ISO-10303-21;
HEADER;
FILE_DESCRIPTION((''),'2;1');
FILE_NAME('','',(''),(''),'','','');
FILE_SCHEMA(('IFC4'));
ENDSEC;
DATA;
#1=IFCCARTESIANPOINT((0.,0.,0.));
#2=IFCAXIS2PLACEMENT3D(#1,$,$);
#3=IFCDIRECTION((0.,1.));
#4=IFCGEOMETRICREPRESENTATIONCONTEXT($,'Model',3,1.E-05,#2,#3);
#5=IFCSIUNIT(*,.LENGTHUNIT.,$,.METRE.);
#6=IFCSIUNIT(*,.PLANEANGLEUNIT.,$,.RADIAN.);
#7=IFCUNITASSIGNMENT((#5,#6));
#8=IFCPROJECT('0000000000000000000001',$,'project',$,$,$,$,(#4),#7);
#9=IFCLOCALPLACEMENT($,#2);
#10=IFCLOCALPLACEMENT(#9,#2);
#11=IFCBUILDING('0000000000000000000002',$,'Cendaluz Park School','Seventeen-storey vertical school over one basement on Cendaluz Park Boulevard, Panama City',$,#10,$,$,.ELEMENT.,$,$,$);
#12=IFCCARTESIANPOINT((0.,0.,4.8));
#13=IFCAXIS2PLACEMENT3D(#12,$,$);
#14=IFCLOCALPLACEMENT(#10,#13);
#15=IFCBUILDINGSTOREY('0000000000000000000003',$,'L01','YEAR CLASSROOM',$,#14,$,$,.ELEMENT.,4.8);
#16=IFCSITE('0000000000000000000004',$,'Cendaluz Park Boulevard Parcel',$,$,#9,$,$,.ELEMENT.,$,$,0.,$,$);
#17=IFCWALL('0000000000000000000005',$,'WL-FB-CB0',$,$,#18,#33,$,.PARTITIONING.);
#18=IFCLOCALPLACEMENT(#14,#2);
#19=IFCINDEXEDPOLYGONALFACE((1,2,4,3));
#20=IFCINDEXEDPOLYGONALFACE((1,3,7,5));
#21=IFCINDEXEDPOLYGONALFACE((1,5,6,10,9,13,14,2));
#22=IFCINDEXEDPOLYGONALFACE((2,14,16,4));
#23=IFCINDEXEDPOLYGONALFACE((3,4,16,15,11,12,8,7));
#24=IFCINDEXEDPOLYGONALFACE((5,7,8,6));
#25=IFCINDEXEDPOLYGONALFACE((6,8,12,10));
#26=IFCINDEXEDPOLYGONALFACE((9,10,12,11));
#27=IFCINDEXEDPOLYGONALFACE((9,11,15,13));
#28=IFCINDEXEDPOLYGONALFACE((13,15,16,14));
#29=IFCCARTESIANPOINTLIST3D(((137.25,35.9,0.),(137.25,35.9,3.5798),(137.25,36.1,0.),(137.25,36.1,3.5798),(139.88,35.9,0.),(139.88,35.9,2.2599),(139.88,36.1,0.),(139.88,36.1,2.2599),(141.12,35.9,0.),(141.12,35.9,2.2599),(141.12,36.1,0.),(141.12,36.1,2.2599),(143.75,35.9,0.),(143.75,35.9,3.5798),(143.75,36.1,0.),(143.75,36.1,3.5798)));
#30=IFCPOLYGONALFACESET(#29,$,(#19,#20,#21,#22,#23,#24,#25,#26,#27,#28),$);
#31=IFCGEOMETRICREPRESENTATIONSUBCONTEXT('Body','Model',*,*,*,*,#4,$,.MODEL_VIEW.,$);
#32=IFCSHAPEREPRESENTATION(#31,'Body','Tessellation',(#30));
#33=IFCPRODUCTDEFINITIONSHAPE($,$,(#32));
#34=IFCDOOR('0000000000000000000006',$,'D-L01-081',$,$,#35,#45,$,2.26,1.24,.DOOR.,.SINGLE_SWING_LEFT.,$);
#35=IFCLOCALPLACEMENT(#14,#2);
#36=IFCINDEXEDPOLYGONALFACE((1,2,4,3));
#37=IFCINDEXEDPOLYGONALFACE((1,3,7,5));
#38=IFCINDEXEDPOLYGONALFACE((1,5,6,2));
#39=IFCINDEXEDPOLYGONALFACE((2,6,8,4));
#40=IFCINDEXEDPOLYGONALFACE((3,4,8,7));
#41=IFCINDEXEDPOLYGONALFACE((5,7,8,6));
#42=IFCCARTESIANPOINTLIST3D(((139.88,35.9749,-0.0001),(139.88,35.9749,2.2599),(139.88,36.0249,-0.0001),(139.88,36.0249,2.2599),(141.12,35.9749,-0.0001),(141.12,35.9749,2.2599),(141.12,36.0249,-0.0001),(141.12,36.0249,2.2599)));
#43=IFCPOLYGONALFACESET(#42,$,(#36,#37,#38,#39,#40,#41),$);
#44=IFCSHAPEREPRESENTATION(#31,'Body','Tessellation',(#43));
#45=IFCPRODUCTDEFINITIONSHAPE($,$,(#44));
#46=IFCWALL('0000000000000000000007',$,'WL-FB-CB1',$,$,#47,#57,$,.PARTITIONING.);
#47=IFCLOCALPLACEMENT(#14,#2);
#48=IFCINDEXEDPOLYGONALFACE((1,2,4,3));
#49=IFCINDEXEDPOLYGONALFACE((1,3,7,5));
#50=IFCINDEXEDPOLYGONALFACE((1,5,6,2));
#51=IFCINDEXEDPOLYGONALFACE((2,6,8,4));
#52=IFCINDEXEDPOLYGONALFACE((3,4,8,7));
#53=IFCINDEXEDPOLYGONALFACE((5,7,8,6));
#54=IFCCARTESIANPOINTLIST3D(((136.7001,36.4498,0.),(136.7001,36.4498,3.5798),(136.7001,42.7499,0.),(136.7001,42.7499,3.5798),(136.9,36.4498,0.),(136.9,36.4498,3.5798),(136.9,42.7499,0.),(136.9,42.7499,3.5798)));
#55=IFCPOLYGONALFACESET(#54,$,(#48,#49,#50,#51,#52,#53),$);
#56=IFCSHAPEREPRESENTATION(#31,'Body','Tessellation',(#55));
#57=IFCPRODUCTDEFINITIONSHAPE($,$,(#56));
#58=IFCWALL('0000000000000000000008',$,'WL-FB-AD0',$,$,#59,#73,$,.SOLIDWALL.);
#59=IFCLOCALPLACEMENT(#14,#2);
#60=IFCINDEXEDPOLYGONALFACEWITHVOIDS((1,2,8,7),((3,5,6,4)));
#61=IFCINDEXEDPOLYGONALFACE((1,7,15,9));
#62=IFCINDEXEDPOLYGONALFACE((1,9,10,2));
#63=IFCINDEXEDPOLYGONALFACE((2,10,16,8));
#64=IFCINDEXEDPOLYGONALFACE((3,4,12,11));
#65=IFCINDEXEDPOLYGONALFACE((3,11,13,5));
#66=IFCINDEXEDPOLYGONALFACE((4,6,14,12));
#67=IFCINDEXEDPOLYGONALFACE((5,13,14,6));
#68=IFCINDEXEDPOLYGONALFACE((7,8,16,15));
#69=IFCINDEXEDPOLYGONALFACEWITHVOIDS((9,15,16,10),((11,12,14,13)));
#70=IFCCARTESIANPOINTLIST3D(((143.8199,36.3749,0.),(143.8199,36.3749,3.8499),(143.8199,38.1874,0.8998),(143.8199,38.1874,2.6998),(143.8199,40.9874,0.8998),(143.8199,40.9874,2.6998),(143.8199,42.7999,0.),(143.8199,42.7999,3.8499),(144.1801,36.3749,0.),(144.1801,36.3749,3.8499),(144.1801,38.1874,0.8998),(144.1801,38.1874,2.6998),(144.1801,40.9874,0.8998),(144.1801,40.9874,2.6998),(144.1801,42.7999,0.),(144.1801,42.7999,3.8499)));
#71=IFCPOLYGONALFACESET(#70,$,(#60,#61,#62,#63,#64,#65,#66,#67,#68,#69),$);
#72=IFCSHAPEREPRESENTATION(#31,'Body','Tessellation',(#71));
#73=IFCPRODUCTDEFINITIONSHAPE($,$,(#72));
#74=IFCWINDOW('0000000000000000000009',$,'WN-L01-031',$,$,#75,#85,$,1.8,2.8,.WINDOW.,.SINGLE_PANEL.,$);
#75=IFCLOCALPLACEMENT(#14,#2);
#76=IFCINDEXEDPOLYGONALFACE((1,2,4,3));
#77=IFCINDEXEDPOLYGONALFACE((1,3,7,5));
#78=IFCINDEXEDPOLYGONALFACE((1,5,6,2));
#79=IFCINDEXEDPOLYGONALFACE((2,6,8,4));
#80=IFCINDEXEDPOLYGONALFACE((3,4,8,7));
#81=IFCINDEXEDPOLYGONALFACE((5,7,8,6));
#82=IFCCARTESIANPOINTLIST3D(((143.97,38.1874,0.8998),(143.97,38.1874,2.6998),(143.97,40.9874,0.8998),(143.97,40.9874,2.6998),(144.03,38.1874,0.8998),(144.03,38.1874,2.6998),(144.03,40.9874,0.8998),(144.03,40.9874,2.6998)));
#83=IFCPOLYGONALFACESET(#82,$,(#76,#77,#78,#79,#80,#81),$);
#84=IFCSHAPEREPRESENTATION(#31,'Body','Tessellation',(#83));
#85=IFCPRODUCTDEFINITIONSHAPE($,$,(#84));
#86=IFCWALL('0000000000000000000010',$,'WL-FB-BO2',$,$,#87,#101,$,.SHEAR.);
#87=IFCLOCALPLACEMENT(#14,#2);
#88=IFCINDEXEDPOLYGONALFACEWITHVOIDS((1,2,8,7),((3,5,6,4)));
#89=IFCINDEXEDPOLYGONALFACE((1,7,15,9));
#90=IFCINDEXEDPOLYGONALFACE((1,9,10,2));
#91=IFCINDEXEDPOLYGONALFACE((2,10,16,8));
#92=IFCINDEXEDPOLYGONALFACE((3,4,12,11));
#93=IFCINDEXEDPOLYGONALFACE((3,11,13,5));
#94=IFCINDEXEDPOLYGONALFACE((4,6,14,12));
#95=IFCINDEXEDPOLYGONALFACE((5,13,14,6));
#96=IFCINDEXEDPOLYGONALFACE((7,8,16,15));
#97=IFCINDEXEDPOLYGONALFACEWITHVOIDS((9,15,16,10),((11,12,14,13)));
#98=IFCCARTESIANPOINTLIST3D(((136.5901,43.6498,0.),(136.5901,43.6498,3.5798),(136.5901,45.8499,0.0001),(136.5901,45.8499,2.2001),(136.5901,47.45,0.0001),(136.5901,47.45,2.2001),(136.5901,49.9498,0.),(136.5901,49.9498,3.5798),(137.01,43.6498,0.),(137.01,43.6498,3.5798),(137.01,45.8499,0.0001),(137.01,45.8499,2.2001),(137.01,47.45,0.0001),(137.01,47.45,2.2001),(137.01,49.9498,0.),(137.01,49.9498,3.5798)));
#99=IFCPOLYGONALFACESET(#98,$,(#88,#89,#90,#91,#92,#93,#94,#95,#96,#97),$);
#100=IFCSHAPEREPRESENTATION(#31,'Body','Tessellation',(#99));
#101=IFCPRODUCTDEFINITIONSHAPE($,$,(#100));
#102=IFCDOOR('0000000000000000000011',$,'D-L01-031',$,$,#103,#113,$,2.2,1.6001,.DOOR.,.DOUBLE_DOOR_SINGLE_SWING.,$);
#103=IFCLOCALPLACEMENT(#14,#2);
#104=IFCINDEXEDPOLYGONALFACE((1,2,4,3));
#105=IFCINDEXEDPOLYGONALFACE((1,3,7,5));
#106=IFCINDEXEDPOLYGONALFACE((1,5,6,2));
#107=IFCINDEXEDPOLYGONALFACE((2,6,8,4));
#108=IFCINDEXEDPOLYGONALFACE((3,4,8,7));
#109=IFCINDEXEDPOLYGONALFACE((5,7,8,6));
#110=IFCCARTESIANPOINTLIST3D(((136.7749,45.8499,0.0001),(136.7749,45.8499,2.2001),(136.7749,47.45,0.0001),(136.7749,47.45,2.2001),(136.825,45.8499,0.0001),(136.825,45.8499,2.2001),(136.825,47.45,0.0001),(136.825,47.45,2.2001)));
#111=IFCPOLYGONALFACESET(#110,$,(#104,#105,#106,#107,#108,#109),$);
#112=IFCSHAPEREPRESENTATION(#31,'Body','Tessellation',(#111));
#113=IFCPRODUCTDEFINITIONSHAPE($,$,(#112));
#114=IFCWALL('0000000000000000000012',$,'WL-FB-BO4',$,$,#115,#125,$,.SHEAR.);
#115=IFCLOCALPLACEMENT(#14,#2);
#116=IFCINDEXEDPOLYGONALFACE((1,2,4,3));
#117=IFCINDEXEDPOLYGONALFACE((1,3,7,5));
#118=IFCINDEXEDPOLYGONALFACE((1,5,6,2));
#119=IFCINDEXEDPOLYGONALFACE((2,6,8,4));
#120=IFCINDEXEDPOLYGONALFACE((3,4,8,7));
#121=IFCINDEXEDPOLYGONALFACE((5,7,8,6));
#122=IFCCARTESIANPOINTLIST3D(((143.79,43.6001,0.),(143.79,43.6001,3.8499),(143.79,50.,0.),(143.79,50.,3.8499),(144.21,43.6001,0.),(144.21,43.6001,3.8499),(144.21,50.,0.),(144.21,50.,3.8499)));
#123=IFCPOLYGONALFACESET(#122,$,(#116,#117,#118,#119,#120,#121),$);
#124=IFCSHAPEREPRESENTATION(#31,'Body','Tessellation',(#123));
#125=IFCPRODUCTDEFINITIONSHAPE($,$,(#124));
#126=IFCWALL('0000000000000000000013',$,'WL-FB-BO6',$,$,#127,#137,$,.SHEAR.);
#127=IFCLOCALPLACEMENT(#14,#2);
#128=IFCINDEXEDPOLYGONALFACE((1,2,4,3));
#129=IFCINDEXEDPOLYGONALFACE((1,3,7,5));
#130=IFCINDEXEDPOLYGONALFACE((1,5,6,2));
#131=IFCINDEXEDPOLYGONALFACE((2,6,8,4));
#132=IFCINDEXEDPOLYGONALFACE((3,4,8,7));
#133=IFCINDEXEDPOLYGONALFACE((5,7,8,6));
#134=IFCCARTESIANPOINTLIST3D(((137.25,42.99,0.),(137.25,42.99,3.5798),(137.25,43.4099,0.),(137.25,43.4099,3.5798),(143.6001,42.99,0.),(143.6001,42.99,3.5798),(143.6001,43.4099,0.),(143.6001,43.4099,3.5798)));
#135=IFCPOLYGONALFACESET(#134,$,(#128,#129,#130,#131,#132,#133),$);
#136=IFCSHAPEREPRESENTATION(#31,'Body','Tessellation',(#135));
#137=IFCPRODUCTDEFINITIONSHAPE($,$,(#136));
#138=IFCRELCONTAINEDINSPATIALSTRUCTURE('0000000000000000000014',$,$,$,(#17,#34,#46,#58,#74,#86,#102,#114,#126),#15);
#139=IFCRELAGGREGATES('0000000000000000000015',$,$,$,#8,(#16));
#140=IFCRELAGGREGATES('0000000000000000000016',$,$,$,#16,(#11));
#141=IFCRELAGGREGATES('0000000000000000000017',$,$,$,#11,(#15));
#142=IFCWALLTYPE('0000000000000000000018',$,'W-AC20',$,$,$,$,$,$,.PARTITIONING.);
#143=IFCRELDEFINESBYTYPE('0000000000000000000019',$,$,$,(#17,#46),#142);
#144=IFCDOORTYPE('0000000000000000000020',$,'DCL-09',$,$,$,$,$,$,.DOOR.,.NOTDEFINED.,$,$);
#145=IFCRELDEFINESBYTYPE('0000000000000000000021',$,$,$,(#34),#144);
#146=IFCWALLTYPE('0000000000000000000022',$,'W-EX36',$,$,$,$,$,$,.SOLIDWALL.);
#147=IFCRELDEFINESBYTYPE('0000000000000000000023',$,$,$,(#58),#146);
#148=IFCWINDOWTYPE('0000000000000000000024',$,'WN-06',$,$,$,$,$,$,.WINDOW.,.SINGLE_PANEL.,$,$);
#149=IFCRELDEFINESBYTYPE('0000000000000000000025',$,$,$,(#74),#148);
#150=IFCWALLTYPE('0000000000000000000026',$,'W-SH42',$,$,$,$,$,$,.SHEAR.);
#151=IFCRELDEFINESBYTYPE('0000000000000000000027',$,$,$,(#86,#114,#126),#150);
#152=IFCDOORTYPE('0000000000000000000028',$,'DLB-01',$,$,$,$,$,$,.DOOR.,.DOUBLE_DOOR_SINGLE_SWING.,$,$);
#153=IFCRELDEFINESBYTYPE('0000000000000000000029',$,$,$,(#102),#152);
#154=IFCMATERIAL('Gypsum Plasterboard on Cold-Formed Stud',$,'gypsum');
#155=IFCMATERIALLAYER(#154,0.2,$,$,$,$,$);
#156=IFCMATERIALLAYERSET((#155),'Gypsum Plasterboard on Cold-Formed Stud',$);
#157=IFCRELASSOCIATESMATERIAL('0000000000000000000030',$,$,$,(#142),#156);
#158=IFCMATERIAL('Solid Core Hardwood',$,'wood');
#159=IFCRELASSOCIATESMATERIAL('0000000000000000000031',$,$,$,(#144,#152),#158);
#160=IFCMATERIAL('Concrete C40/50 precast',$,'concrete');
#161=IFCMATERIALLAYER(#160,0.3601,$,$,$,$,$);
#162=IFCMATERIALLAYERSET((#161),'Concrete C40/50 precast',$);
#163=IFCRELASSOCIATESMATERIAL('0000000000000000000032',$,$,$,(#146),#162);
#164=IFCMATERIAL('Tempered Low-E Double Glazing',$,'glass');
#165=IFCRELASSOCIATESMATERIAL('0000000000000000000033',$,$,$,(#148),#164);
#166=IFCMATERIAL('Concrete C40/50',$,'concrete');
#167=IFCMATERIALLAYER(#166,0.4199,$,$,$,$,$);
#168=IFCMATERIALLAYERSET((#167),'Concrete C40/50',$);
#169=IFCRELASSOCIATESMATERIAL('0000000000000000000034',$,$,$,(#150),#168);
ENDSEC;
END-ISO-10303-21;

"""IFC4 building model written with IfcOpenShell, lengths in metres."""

from ifc_helpers import new_model, si_unit, direction, frame, frame_2d, origin, place, context, subcontext, project, spatial, rectangle, extrude, material, layer, layer_set, type_object, element, fill, save


model = new_model("IFC4")

# Units and contexts
model_context = context("Model", 3, precision=1e-05, world=origin(), true_north=direction((0.0, 1.0)))
body_context = subcontext(model_context, "Body", "Model", "MODEL_VIEW")
ifc_project = project(units=[si_unit("LENGTHUNIT", "METRE"), si_unit("PLANEANGLEUNIT", "RADIAN")], contexts=[model_context])

# Site, building, storey
site_placement = place(None, origin())
site = spatial("IfcSite", under=ifc_project, at=site_placement, Name="Cendaluz Park Boulevard Parcel", CompositionType="ELEMENT", RefElevation=0.0)
building_placement = place(site_placement, origin())
building = spatial("IfcBuilding", under=site, at=building_placement, Name="Cendaluz Park School", Description="Seventeen-storey vertical school over one basement on Cendaluz Park Boulevard, Panama City", CompositionType="ELEMENT")
storey_placement = place(building_placement, frame((0.0, 0.0, 4.8)))
storey = spatial("IfcBuildingStorey", under=building, at=storey_placement, Name="L01", Description="YEAR CLASSROOM", CompositionType="ELEMENT", Elevation=4.8)

# Shared definitions
ifc_material_1 = material(Name="Concrete C40/50", Category="concrete")

# Wall, opening, door
ifc_material_2 = material(Name="Gypsum Plasterboard on Cold-Formed Stud", Category="gypsum")
ifc_layer_1 = layer(ifc_material_2, 0.2)
ifc_layer_set_1 = layer_set([ifc_layer_1], Name="Gypsum Plasterboard on Cold-Formed Stud")
wall_type_1 = type_object("IfcWallType", Name="W-AC20", PredefinedType="PARTITIONING", material=ifc_layer_set_1)
wall_1_placement = place(storey_placement, frame((137.25, 36.0, 0.0), z_axis=(0.0, 0.0, 1.0), x_axis=(1.0, 0.0, 0.0)))
wall_1 = element("IfcWall", 1, at=wall_1_placement, inside=storey, type_object=wall_type_1, Name="WL-FB-CB0", PredefinedType="PARTITIONING", context=body_context, shape_type="SweptSolid", body=[
    extrude(rectangle(XDim=6.5, YDim=0.2, at=frame_2d((3.25, 0.0))), origin(), (0.0, 0.0, 1.0), 3.5798),
])
opening_1_placement = place(wall_1_placement, frame((2.6299, 0.0, 0.0)))
opening_1 = element("IfcOpeningElement", 2, at=opening_1_placement, cuts=wall_1, PredefinedType="OPENING", context=body_context, shape_type="SweptSolid", body=[
    extrude(rectangle(XDim=1.24, YDim=2.26, at=frame_2d((0.6201, 1.1299))), frame((0.0, 0.1121, 0.0), z_axis=(0.0, -1.0, 0.0), x_axis=(1.0, 0.0, 0.0)), (0.0, 0.0, 1.0), 0.2239),
])
ifc_material_3 = material(Name="Solid Core Hardwood", Category="wood")
door_type_1 = type_object("IfcDoorType", Name="DCL-09", OperationType="NOTDEFINED", PredefinedType="DOOR", material=ifc_material_3)
door_1_placement = place(opening_1_placement, origin())
door_1 = element("IfcDoor", 3, at=door_1_placement, inside=storey, type_object=door_type_1, Name="D-L01-081", OperationType="SINGLE_SWING_LEFT", OverallHeight=2.26, OverallWidth=1.24, PredefinedType="DOOR", context=body_context, shape_type="SweptSolid", body=[
    extrude(rectangle(XDim=1.24, YDim=2.26, at=frame_2d((0.6201, 1.1299))), frame((0.0, 0.0249, 0.0), z_axis=(0.0, -1.0, 0.0), x_axis=(1.0, 0.0, 0.0)), (0.0, 0.0, 1.0), 0.05),
])
fill(opening_1, door_1)

# Wall
wall_2_placement = place(storey_placement, frame((136.8, 36.45, 0.0), z_axis=(0.0, 0.0, 1.0), x_axis=(0.0, 1.0, 0.0)))
element("IfcWall", 4, at=wall_2_placement, inside=storey, type_object=wall_type_1, Name="WL-FB-CB1", PredefinedType="PARTITIONING", context=body_context, shape_type="SweptSolid", body=[
    extrude(rectangle(XDim=6.3, YDim=0.2, at=frame_2d((3.1499, 0.0))), origin(), (0.0, 0.0, 1.0), 3.5798),
])

# Wall, opening, window
ifc_material_4 = material(Name="Concrete C40/50 precast", Category="concrete")
ifc_layer_2 = layer(ifc_material_4, 0.3601)
ifc_layer_set_2 = layer_set([ifc_layer_2], Name="Concrete C40/50 precast")
wall_type_2 = type_object("IfcWallType", Name="W-EX36", PredefinedType="SOLIDWALL", material=ifc_layer_set_2)
wall_3_placement = place(storey_placement, frame((144.0, 36.375, 0.0), z_axis=(0.0, 0.0, 1.0), x_axis=(0.0, 1.0, 0.0)))
wall_3 = element("IfcWall", 5, at=wall_3_placement, inside=storey, type_object=wall_type_2, Name="WL-FB-AD0", PredefinedType="SOLIDWALL", context=body_context, shape_type="SweptSolid", body=[
    extrude(rectangle(XDim=6.425, YDim=0.3601, at=frame_2d((3.2124, 0.0))), origin(), (0.0, 0.0, 1.0), 3.8499),
])
opening_2_placement = place(wall_3_placement, frame((1.8125, 0.0, 0.8999)))
opening_2 = element("IfcOpeningElement", 6, at=opening_2_placement, cuts=wall_3, PredefinedType="OPENING", context=body_context, shape_type="SweptSolid", body=[
    extrude(rectangle(XDim=2.8, YDim=1.8, at=frame_2d((1.3999, 0.8999))), frame((0.0, 0.1921, 0.0), z_axis=(0.0, -1.0, 0.0), x_axis=(1.0, 0.0, 0.0)), (0.0, 0.0, 1.0), 0.384),
])
ifc_material_5 = material(Name="Tempered Low-E Double Glazing", Category="glass")
window_type = type_object("IfcWindowType", Name="WN-06", PartitioningType="SINGLE_PANEL", PredefinedType="WINDOW", material=ifc_material_5)
window_placement = place(opening_2_placement, origin())
window = element("IfcWindow", 7, at=window_placement, inside=storey, type_object=window_type, Name="WN-L01-031", OverallHeight=1.8, OverallWidth=2.8, PartitioningType="SINGLE_PANEL", PredefinedType="WINDOW", context=body_context, shape_type="SweptSolid", body=[
    extrude(rectangle(XDim=2.8, YDim=1.8, at=frame_2d((1.3999, 0.8999))), frame((0.0, 0.03, 0.0), z_axis=(0.0, -1.0, 0.0), x_axis=(1.0, 0.0, 0.0)), (0.0, 0.0, 1.0), 0.0601),
])
fill(opening_2, window)

# Wall, opening, door
ifc_layer_3 = layer(ifc_material_1, 0.4199)
ifc_layer_set_3 = layer_set([ifc_layer_3], Name="Concrete C40/50")
wall_type_3 = type_object("IfcWallType", Name="W-SH42", PredefinedType="SHEAR", material=ifc_layer_set_3)
wall_4_placement = place(storey_placement, frame((136.8, 43.6499, 0.0), z_axis=(0.0, 0.0, 1.0), x_axis=(0.0, 1.0, 0.0)))
wall_4 = element("IfcWall", 8, at=wall_4_placement, inside=storey, type_object=wall_type_3, Name="WL-FB-BO2", PredefinedType="SHEAR", context=body_context, shape_type="SweptSolid", body=[
    extrude(rectangle(XDim=6.3, YDim=0.4199, at=frame_2d((3.1499, 0.0))), origin(), (0.0, 0.0, 1.0), 3.5798),
])
opening_3_placement = place(wall_4_placement, frame((2.2, 0.0, 0.0)))
opening_3 = element("IfcOpeningElement", 9, at=opening_3_placement, cuts=wall_4, PredefinedType="OPENING", context=body_context, shape_type="SweptSolid", body=[
    extrude(rectangle(XDim=1.6001, YDim=2.2, at=frame_2d((0.8, 1.1001))), frame((0.0, 0.2219, 0.0), z_axis=(0.0, -1.0, 0.0), x_axis=(1.0, 0.0, 0.0)), (0.0, 0.0, 1.0), 0.4438),
])
door_type_2 = type_object("IfcDoorType", Name="DLB-01", OperationType="DOUBLE_DOOR_SINGLE_SWING", PredefinedType="DOOR", material=ifc_material_3)
door_2_placement = place(opening_3_placement, frame((1.6001, 0.0, 0.0), z_axis=(0.0, 0.0, 1.0), x_axis=(-1.0, 0.0, 0.0)))
door_2 = element("IfcDoor", 10, at=door_2_placement, inside=storey, type_object=door_type_2, Name="D-L01-031", OperationType="DOUBLE_DOOR_SINGLE_SWING", OverallHeight=2.2, OverallWidth=1.6001, PredefinedType="DOOR", context=body_context, shape_type="SweptSolid", body=[
    extrude(rectangle(XDim=1.6001, YDim=2.2, at=frame_2d((0.8, 1.1001))), frame((0.0, 0.0249, 0.0), z_axis=(0.0, -1.0, 0.0), x_axis=(1.0, 0.0, 0.0)), (0.0, 0.0, 1.0), 0.05),
])
fill(opening_3, door_2)

# Walls
wall_5_placement = place(storey_placement, frame((144.0, 43.6001, 0.0), z_axis=(0.0, 0.0, 1.0), x_axis=(0.0, 1.0, 0.0)))
element("IfcWall", 11, at=wall_5_placement, inside=storey, type_object=wall_type_3, Name="WL-FB-BO4", PredefinedType="SHEAR", context=body_context, shape_type="SweptSolid", body=[
    extrude(rectangle(XDim=6.3999, YDim=0.4199, at=frame_2d((3.2, 0.0))), origin(), (0.0, 0.0, 1.0), 3.8499),
])
wall_6_placement = place(storey_placement, frame((137.25, 43.2, 0.0), z_axis=(0.0, 0.0, 1.0), x_axis=(1.0, 0.0, 0.0)))
element("IfcWall", 12, at=wall_6_placement, inside=storey, type_object=wall_type_3, Name="WL-FB-BO6", PredefinedType="SHEAR", context=body_context, shape_type="SweptSolid", body=[
    extrude(rectangle(XDim=6.3501, YDim=0.4199, at=frame_2d((3.175, 0.0))), origin(), (0.0, 0.0, 1.0), 3.5798),
])

save(model, "model.ifc")
